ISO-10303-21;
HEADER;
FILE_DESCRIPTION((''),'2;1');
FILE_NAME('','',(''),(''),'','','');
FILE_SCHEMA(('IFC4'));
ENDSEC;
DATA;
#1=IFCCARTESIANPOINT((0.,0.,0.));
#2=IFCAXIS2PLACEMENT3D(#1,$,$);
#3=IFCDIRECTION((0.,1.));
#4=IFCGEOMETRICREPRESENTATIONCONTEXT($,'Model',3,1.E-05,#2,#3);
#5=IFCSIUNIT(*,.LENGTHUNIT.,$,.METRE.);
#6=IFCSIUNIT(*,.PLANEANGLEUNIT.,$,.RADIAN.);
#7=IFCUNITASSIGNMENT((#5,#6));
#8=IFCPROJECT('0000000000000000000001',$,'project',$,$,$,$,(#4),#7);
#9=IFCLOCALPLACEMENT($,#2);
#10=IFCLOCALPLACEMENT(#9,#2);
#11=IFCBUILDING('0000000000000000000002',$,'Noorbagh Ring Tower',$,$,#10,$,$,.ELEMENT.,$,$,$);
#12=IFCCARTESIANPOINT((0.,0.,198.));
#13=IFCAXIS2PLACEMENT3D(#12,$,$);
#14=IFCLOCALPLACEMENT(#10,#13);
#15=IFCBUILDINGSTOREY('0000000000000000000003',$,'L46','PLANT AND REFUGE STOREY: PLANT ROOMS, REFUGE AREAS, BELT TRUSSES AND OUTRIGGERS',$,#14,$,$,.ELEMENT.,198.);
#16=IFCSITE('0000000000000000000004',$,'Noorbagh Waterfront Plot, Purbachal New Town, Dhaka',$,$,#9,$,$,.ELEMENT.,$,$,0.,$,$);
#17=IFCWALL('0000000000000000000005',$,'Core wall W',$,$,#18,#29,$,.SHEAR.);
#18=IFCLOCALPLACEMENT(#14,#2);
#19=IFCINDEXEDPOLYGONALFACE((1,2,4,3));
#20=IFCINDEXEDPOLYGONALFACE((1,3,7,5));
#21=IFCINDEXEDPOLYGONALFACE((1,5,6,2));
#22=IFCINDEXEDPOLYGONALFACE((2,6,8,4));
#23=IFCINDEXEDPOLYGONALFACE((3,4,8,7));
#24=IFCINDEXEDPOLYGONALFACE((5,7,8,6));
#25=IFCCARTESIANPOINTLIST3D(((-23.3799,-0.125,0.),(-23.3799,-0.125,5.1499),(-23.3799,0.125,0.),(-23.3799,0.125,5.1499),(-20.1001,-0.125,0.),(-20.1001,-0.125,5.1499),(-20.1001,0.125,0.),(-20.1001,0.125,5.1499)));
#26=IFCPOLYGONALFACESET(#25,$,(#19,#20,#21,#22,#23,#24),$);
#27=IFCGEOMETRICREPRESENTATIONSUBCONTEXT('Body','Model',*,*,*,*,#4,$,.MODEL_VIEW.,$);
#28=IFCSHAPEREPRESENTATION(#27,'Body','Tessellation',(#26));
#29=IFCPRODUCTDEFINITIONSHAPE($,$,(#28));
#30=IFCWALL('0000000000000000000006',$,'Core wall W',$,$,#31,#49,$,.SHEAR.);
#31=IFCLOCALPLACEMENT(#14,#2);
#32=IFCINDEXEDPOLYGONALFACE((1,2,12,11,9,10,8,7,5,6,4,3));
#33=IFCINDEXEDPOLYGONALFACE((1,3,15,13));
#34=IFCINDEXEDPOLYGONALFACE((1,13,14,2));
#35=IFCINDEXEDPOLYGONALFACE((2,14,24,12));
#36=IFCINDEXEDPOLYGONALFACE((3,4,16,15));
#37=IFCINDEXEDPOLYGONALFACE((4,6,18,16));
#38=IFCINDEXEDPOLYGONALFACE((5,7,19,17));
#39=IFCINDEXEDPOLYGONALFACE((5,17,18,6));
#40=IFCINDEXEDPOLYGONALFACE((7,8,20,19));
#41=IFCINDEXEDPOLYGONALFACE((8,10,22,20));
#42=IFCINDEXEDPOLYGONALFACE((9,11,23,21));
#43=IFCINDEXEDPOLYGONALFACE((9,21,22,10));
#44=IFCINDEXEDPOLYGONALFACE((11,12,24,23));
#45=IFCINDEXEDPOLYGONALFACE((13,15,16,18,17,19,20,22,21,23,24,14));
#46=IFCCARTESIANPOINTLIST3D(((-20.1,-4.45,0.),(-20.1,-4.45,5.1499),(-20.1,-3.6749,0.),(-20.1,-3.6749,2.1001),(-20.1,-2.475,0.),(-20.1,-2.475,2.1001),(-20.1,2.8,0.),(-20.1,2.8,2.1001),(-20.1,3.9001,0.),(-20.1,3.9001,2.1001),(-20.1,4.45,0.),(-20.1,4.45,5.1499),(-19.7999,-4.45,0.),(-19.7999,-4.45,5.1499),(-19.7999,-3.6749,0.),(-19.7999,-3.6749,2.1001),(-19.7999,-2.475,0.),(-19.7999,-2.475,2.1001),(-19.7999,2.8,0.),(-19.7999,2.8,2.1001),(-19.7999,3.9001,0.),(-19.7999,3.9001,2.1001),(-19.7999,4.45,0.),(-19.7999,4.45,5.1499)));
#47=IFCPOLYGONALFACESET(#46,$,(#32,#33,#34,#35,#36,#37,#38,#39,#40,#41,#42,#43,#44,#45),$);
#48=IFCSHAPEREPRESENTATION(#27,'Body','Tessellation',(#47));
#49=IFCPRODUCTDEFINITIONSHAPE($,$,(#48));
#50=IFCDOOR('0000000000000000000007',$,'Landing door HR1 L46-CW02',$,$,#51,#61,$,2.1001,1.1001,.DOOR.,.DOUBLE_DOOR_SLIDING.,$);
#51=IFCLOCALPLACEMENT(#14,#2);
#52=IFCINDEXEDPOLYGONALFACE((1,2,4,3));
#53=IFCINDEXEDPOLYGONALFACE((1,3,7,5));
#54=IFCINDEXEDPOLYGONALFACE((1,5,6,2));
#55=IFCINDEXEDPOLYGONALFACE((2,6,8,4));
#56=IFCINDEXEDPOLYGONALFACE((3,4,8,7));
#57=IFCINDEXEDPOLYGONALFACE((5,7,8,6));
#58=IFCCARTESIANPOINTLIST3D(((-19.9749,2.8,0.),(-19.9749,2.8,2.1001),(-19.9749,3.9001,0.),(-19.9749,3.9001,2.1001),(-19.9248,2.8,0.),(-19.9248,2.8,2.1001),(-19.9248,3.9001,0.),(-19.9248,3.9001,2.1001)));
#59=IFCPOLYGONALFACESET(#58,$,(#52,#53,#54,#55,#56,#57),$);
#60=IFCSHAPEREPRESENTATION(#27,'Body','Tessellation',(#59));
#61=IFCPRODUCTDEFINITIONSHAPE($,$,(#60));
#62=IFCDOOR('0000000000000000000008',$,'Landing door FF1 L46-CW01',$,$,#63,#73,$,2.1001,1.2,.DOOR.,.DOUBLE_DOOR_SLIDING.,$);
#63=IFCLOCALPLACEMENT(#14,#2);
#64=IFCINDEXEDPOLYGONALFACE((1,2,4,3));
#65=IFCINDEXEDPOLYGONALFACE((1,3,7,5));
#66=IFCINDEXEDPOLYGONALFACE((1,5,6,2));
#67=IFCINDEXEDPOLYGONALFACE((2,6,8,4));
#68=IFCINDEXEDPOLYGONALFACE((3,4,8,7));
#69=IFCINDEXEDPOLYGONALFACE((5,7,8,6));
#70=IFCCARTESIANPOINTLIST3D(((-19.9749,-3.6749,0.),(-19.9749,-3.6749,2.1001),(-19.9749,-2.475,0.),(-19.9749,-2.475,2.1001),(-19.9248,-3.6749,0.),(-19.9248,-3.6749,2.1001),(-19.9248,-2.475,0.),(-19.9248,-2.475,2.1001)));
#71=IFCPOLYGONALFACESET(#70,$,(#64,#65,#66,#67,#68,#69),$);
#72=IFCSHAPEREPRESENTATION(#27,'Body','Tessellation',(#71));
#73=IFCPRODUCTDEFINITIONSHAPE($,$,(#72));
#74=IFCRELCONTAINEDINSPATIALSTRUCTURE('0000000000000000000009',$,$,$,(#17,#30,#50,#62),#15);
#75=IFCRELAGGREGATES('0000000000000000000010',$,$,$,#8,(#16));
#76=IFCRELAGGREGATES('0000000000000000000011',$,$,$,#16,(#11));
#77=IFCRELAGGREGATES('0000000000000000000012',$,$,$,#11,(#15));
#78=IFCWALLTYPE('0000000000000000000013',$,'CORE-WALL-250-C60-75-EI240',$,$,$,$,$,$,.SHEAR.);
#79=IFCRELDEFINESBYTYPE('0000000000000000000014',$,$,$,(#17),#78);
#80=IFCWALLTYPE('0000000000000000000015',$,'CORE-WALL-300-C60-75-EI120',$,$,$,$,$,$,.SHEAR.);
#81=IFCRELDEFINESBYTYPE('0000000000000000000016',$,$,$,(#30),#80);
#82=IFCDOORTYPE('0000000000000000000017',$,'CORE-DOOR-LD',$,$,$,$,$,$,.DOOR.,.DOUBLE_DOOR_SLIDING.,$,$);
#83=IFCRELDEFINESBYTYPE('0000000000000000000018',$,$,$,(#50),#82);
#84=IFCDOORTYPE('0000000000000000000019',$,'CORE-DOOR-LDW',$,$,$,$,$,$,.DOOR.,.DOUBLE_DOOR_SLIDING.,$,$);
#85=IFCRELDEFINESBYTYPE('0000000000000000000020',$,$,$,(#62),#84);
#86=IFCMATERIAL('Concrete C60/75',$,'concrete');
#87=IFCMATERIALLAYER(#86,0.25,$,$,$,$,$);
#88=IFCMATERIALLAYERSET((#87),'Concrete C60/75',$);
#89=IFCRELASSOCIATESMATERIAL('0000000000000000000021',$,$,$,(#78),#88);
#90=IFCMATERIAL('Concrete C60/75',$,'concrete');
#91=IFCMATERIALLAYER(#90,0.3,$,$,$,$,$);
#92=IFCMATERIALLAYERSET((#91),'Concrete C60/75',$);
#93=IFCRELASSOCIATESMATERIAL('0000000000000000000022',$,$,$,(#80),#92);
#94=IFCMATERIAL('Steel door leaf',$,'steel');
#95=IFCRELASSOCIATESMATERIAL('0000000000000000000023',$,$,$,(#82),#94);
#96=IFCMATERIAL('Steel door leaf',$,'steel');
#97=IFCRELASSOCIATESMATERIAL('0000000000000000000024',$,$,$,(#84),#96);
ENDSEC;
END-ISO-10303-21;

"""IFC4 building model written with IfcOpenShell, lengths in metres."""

from ifc_helpers import new_model, si_unit, direction, frame, frame_2d, origin, place, context, subcontext, project, spatial, rectangle, extrude, material, layer, layer_set, type_object, element, fill, save


model = new_model("IFC4")

# Units and contexts
model_context = context("Model", 3, precision=1e-05, world=origin(), true_north=direction((0.0, 1.0)))
body_context = subcontext(model_context, "Body", "Model", "MODEL_VIEW")
ifc_project = project(units=[si_unit("LENGTHUNIT", "METRE"), si_unit("PLANEANGLEUNIT", "RADIAN")], contexts=[model_context])

# Site, building, storey
site_placement = place(None, origin())
site = spatial("IfcSite", under=ifc_project, at=site_placement, Name="Noorbagh Waterfront Plot, Purbachal New Town, Dhaka", CompositionType="ELEMENT", RefElevation=0.0)
building_placement = place(site_placement, origin())
building = spatial("IfcBuilding", under=site, at=building_placement, Name="Noorbagh Ring Tower", CompositionType="ELEMENT")
storey_placement = place(building_placement, frame((0.0, 0.0, 198.0)))
storey = spatial("IfcBuildingStorey", under=building, at=storey_placement, Name="L46", Description="PLANT AND REFUGE STOREY: PLANT ROOMS, REFUGE AREAS, BELT TRUSSES AND OUTRIGGERS", CompositionType="ELEMENT", Elevation=198.0)

# Wall
ifc_material_1 = material(Name="Concrete C60/75", Category="concrete")
ifc_layer_1 = layer(ifc_material_1, 0.25)
ifc_layer_set_1 = layer_set([ifc_layer_1], Name="Concrete C60/75")
wall_type_1 = type_object("IfcWallType", Name="CORE-WALL-250-C60-75-EI240", PredefinedType="SHEAR", material=ifc_layer_set_1)
wall_1_placement = place(storey_placement, frame((-20.1001, 0.0, 0.0), z_axis=(0.0, 0.0, 1.0), x_axis=(-1.0, 0.0, 0.0)))
element("IfcWall", 1, at=wall_1_placement, inside=storey, type_object=wall_type_1, Name="Core wall W", PredefinedType="SHEAR", context=body_context, shape_type="SweptSolid", body=[
    extrude(rectangle(XDim=3.2798, YDim=0.25, at=frame_2d((1.6399, 0.0))), origin(), (0.0, 0.0, 1.0), 5.1499),
])

# Wall, openings, doors
ifc_material_2 = material(Name="Concrete C60/75", Category="concrete")
ifc_layer_2 = layer(ifc_material_2, 0.3)
ifc_layer_set_2 = layer_set([ifc_layer_2], Name="Concrete C60/75")
wall_type_2 = type_object("IfcWallType", Name="CORE-WALL-300-C60-75-EI120", PredefinedType="SHEAR", material=ifc_layer_set_2)
wall_2_placement = place(storey_placement, frame((-19.95, -4.45, 0.0), z_axis=(0.0, 0.0, 1.0), x_axis=(0.0, 1.0, 0.0)))
wall_2 = element("IfcWall", 2, at=wall_2_placement, inside=storey, type_object=wall_type_2, Name="Core wall W", PredefinedType="SHEAR", context=body_context, shape_type="SweptSolid", body=[
    extrude(rectangle(XDim=8.8999, YDim=0.3, at=frame_2d((4.45, 0.0))), origin(), (0.0, 0.0, 1.0), 5.1499),
])
opening_1_placement = place(wall_2_placement, frame((0.7749, 0.0, 0.0)))
opening_1 = element("IfcOpeningElement", 3, at=opening_1_placement, cuts=wall_2, PredefinedType="OPENING", context=body_context, shape_type="SweptSolid", body=[
    extrude(rectangle(XDim=1.2, YDim=2.1001, at=frame_2d((0.6001, 1.05))), frame((0.0, 0.1602, 0.0), z_axis=(0.0, -1.0, 0.0), x_axis=(1.0, 0.0, 0.0)), (0.0, 0.0, 1.0), 0.3201),
])
opening_2_placement = place(wall_2_placement, frame((7.25, 0.0, 0.0)))
opening_2 = element("IfcOpeningElement", 4, at=opening_2_placement, cuts=wall_2, PredefinedType="OPENING", context=body_context, shape_type="SweptSolid", body=[
    extrude(rectangle(XDim=1.1001, YDim=2.1001, at=frame_2d((0.55, 1.05))), frame((0.0, 0.1602, 0.0), z_axis=(0.0, -1.0, 0.0), x_axis=(1.0, 0.0, 0.0)), (0.0, 0.0, 1.0), 0.3201),
])
ifc_material_3 = material(Name="Steel door leaf", Category="steel")
door_type_1 = type_object("IfcDoorType", Name="CORE-DOOR-LD", OperationType="DOUBLE_DOOR_SLIDING", PredefinedType="DOOR", material=ifc_material_3)
door_1_placement = place(opening_2_placement, origin())
door_1 = element("IfcDoor", 5, at=door_1_placement, inside=storey, type_object=door_type_1, Name="Landing door HR1 L46-CW02", OperationType="DOUBLE_DOOR_SLIDING", OverallHeight=2.1001, OverallWidth=1.1001, PredefinedType="DOOR", context=body_context, shape_type="SweptSolid", body=[
    extrude(rectangle(XDim=1.1001, YDim=2.1001, at=frame_2d((0.55, 1.05))), frame((0.0, 0.0249, 0.0), z_axis=(0.0, -1.0, 0.0), x_axis=(1.0, 0.0, 0.0)), (0.0, 0.0, 1.0), 0.05),
])
fill(opening_2, door_1)
ifc_material_4 = material(Name="Steel door leaf", Category="steel")
door_type_2 = type_object("IfcDoorType", Name="CORE-DOOR-LDW", OperationType="DOUBLE_DOOR_SLIDING", PredefinedType="DOOR", material=ifc_material_4)
door_2_placement = place(opening_1_placement, origin())
door_2 = element("IfcDoor", 6, at=door_2_placement, inside=storey, type_object=door_type_2, Name="Landing door FF1 L46-CW01", OperationType="DOUBLE_DOOR_SLIDING", OverallHeight=2.1001, OverallWidth=1.2, PredefinedType="DOOR", context=body_context, shape_type="SweptSolid", body=[
    extrude(rectangle(XDim=1.2, YDim=2.1001, at=frame_2d((0.6001, 1.05))), frame((0.0, 0.0249, 0.0), z_axis=(0.0, -1.0, 0.0), x_axis=(1.0, 0.0, 0.0)), (0.0, 0.0, 1.0), 0.05),
])
fill(opening_1, door_2)

save(model, "model.ifc")
